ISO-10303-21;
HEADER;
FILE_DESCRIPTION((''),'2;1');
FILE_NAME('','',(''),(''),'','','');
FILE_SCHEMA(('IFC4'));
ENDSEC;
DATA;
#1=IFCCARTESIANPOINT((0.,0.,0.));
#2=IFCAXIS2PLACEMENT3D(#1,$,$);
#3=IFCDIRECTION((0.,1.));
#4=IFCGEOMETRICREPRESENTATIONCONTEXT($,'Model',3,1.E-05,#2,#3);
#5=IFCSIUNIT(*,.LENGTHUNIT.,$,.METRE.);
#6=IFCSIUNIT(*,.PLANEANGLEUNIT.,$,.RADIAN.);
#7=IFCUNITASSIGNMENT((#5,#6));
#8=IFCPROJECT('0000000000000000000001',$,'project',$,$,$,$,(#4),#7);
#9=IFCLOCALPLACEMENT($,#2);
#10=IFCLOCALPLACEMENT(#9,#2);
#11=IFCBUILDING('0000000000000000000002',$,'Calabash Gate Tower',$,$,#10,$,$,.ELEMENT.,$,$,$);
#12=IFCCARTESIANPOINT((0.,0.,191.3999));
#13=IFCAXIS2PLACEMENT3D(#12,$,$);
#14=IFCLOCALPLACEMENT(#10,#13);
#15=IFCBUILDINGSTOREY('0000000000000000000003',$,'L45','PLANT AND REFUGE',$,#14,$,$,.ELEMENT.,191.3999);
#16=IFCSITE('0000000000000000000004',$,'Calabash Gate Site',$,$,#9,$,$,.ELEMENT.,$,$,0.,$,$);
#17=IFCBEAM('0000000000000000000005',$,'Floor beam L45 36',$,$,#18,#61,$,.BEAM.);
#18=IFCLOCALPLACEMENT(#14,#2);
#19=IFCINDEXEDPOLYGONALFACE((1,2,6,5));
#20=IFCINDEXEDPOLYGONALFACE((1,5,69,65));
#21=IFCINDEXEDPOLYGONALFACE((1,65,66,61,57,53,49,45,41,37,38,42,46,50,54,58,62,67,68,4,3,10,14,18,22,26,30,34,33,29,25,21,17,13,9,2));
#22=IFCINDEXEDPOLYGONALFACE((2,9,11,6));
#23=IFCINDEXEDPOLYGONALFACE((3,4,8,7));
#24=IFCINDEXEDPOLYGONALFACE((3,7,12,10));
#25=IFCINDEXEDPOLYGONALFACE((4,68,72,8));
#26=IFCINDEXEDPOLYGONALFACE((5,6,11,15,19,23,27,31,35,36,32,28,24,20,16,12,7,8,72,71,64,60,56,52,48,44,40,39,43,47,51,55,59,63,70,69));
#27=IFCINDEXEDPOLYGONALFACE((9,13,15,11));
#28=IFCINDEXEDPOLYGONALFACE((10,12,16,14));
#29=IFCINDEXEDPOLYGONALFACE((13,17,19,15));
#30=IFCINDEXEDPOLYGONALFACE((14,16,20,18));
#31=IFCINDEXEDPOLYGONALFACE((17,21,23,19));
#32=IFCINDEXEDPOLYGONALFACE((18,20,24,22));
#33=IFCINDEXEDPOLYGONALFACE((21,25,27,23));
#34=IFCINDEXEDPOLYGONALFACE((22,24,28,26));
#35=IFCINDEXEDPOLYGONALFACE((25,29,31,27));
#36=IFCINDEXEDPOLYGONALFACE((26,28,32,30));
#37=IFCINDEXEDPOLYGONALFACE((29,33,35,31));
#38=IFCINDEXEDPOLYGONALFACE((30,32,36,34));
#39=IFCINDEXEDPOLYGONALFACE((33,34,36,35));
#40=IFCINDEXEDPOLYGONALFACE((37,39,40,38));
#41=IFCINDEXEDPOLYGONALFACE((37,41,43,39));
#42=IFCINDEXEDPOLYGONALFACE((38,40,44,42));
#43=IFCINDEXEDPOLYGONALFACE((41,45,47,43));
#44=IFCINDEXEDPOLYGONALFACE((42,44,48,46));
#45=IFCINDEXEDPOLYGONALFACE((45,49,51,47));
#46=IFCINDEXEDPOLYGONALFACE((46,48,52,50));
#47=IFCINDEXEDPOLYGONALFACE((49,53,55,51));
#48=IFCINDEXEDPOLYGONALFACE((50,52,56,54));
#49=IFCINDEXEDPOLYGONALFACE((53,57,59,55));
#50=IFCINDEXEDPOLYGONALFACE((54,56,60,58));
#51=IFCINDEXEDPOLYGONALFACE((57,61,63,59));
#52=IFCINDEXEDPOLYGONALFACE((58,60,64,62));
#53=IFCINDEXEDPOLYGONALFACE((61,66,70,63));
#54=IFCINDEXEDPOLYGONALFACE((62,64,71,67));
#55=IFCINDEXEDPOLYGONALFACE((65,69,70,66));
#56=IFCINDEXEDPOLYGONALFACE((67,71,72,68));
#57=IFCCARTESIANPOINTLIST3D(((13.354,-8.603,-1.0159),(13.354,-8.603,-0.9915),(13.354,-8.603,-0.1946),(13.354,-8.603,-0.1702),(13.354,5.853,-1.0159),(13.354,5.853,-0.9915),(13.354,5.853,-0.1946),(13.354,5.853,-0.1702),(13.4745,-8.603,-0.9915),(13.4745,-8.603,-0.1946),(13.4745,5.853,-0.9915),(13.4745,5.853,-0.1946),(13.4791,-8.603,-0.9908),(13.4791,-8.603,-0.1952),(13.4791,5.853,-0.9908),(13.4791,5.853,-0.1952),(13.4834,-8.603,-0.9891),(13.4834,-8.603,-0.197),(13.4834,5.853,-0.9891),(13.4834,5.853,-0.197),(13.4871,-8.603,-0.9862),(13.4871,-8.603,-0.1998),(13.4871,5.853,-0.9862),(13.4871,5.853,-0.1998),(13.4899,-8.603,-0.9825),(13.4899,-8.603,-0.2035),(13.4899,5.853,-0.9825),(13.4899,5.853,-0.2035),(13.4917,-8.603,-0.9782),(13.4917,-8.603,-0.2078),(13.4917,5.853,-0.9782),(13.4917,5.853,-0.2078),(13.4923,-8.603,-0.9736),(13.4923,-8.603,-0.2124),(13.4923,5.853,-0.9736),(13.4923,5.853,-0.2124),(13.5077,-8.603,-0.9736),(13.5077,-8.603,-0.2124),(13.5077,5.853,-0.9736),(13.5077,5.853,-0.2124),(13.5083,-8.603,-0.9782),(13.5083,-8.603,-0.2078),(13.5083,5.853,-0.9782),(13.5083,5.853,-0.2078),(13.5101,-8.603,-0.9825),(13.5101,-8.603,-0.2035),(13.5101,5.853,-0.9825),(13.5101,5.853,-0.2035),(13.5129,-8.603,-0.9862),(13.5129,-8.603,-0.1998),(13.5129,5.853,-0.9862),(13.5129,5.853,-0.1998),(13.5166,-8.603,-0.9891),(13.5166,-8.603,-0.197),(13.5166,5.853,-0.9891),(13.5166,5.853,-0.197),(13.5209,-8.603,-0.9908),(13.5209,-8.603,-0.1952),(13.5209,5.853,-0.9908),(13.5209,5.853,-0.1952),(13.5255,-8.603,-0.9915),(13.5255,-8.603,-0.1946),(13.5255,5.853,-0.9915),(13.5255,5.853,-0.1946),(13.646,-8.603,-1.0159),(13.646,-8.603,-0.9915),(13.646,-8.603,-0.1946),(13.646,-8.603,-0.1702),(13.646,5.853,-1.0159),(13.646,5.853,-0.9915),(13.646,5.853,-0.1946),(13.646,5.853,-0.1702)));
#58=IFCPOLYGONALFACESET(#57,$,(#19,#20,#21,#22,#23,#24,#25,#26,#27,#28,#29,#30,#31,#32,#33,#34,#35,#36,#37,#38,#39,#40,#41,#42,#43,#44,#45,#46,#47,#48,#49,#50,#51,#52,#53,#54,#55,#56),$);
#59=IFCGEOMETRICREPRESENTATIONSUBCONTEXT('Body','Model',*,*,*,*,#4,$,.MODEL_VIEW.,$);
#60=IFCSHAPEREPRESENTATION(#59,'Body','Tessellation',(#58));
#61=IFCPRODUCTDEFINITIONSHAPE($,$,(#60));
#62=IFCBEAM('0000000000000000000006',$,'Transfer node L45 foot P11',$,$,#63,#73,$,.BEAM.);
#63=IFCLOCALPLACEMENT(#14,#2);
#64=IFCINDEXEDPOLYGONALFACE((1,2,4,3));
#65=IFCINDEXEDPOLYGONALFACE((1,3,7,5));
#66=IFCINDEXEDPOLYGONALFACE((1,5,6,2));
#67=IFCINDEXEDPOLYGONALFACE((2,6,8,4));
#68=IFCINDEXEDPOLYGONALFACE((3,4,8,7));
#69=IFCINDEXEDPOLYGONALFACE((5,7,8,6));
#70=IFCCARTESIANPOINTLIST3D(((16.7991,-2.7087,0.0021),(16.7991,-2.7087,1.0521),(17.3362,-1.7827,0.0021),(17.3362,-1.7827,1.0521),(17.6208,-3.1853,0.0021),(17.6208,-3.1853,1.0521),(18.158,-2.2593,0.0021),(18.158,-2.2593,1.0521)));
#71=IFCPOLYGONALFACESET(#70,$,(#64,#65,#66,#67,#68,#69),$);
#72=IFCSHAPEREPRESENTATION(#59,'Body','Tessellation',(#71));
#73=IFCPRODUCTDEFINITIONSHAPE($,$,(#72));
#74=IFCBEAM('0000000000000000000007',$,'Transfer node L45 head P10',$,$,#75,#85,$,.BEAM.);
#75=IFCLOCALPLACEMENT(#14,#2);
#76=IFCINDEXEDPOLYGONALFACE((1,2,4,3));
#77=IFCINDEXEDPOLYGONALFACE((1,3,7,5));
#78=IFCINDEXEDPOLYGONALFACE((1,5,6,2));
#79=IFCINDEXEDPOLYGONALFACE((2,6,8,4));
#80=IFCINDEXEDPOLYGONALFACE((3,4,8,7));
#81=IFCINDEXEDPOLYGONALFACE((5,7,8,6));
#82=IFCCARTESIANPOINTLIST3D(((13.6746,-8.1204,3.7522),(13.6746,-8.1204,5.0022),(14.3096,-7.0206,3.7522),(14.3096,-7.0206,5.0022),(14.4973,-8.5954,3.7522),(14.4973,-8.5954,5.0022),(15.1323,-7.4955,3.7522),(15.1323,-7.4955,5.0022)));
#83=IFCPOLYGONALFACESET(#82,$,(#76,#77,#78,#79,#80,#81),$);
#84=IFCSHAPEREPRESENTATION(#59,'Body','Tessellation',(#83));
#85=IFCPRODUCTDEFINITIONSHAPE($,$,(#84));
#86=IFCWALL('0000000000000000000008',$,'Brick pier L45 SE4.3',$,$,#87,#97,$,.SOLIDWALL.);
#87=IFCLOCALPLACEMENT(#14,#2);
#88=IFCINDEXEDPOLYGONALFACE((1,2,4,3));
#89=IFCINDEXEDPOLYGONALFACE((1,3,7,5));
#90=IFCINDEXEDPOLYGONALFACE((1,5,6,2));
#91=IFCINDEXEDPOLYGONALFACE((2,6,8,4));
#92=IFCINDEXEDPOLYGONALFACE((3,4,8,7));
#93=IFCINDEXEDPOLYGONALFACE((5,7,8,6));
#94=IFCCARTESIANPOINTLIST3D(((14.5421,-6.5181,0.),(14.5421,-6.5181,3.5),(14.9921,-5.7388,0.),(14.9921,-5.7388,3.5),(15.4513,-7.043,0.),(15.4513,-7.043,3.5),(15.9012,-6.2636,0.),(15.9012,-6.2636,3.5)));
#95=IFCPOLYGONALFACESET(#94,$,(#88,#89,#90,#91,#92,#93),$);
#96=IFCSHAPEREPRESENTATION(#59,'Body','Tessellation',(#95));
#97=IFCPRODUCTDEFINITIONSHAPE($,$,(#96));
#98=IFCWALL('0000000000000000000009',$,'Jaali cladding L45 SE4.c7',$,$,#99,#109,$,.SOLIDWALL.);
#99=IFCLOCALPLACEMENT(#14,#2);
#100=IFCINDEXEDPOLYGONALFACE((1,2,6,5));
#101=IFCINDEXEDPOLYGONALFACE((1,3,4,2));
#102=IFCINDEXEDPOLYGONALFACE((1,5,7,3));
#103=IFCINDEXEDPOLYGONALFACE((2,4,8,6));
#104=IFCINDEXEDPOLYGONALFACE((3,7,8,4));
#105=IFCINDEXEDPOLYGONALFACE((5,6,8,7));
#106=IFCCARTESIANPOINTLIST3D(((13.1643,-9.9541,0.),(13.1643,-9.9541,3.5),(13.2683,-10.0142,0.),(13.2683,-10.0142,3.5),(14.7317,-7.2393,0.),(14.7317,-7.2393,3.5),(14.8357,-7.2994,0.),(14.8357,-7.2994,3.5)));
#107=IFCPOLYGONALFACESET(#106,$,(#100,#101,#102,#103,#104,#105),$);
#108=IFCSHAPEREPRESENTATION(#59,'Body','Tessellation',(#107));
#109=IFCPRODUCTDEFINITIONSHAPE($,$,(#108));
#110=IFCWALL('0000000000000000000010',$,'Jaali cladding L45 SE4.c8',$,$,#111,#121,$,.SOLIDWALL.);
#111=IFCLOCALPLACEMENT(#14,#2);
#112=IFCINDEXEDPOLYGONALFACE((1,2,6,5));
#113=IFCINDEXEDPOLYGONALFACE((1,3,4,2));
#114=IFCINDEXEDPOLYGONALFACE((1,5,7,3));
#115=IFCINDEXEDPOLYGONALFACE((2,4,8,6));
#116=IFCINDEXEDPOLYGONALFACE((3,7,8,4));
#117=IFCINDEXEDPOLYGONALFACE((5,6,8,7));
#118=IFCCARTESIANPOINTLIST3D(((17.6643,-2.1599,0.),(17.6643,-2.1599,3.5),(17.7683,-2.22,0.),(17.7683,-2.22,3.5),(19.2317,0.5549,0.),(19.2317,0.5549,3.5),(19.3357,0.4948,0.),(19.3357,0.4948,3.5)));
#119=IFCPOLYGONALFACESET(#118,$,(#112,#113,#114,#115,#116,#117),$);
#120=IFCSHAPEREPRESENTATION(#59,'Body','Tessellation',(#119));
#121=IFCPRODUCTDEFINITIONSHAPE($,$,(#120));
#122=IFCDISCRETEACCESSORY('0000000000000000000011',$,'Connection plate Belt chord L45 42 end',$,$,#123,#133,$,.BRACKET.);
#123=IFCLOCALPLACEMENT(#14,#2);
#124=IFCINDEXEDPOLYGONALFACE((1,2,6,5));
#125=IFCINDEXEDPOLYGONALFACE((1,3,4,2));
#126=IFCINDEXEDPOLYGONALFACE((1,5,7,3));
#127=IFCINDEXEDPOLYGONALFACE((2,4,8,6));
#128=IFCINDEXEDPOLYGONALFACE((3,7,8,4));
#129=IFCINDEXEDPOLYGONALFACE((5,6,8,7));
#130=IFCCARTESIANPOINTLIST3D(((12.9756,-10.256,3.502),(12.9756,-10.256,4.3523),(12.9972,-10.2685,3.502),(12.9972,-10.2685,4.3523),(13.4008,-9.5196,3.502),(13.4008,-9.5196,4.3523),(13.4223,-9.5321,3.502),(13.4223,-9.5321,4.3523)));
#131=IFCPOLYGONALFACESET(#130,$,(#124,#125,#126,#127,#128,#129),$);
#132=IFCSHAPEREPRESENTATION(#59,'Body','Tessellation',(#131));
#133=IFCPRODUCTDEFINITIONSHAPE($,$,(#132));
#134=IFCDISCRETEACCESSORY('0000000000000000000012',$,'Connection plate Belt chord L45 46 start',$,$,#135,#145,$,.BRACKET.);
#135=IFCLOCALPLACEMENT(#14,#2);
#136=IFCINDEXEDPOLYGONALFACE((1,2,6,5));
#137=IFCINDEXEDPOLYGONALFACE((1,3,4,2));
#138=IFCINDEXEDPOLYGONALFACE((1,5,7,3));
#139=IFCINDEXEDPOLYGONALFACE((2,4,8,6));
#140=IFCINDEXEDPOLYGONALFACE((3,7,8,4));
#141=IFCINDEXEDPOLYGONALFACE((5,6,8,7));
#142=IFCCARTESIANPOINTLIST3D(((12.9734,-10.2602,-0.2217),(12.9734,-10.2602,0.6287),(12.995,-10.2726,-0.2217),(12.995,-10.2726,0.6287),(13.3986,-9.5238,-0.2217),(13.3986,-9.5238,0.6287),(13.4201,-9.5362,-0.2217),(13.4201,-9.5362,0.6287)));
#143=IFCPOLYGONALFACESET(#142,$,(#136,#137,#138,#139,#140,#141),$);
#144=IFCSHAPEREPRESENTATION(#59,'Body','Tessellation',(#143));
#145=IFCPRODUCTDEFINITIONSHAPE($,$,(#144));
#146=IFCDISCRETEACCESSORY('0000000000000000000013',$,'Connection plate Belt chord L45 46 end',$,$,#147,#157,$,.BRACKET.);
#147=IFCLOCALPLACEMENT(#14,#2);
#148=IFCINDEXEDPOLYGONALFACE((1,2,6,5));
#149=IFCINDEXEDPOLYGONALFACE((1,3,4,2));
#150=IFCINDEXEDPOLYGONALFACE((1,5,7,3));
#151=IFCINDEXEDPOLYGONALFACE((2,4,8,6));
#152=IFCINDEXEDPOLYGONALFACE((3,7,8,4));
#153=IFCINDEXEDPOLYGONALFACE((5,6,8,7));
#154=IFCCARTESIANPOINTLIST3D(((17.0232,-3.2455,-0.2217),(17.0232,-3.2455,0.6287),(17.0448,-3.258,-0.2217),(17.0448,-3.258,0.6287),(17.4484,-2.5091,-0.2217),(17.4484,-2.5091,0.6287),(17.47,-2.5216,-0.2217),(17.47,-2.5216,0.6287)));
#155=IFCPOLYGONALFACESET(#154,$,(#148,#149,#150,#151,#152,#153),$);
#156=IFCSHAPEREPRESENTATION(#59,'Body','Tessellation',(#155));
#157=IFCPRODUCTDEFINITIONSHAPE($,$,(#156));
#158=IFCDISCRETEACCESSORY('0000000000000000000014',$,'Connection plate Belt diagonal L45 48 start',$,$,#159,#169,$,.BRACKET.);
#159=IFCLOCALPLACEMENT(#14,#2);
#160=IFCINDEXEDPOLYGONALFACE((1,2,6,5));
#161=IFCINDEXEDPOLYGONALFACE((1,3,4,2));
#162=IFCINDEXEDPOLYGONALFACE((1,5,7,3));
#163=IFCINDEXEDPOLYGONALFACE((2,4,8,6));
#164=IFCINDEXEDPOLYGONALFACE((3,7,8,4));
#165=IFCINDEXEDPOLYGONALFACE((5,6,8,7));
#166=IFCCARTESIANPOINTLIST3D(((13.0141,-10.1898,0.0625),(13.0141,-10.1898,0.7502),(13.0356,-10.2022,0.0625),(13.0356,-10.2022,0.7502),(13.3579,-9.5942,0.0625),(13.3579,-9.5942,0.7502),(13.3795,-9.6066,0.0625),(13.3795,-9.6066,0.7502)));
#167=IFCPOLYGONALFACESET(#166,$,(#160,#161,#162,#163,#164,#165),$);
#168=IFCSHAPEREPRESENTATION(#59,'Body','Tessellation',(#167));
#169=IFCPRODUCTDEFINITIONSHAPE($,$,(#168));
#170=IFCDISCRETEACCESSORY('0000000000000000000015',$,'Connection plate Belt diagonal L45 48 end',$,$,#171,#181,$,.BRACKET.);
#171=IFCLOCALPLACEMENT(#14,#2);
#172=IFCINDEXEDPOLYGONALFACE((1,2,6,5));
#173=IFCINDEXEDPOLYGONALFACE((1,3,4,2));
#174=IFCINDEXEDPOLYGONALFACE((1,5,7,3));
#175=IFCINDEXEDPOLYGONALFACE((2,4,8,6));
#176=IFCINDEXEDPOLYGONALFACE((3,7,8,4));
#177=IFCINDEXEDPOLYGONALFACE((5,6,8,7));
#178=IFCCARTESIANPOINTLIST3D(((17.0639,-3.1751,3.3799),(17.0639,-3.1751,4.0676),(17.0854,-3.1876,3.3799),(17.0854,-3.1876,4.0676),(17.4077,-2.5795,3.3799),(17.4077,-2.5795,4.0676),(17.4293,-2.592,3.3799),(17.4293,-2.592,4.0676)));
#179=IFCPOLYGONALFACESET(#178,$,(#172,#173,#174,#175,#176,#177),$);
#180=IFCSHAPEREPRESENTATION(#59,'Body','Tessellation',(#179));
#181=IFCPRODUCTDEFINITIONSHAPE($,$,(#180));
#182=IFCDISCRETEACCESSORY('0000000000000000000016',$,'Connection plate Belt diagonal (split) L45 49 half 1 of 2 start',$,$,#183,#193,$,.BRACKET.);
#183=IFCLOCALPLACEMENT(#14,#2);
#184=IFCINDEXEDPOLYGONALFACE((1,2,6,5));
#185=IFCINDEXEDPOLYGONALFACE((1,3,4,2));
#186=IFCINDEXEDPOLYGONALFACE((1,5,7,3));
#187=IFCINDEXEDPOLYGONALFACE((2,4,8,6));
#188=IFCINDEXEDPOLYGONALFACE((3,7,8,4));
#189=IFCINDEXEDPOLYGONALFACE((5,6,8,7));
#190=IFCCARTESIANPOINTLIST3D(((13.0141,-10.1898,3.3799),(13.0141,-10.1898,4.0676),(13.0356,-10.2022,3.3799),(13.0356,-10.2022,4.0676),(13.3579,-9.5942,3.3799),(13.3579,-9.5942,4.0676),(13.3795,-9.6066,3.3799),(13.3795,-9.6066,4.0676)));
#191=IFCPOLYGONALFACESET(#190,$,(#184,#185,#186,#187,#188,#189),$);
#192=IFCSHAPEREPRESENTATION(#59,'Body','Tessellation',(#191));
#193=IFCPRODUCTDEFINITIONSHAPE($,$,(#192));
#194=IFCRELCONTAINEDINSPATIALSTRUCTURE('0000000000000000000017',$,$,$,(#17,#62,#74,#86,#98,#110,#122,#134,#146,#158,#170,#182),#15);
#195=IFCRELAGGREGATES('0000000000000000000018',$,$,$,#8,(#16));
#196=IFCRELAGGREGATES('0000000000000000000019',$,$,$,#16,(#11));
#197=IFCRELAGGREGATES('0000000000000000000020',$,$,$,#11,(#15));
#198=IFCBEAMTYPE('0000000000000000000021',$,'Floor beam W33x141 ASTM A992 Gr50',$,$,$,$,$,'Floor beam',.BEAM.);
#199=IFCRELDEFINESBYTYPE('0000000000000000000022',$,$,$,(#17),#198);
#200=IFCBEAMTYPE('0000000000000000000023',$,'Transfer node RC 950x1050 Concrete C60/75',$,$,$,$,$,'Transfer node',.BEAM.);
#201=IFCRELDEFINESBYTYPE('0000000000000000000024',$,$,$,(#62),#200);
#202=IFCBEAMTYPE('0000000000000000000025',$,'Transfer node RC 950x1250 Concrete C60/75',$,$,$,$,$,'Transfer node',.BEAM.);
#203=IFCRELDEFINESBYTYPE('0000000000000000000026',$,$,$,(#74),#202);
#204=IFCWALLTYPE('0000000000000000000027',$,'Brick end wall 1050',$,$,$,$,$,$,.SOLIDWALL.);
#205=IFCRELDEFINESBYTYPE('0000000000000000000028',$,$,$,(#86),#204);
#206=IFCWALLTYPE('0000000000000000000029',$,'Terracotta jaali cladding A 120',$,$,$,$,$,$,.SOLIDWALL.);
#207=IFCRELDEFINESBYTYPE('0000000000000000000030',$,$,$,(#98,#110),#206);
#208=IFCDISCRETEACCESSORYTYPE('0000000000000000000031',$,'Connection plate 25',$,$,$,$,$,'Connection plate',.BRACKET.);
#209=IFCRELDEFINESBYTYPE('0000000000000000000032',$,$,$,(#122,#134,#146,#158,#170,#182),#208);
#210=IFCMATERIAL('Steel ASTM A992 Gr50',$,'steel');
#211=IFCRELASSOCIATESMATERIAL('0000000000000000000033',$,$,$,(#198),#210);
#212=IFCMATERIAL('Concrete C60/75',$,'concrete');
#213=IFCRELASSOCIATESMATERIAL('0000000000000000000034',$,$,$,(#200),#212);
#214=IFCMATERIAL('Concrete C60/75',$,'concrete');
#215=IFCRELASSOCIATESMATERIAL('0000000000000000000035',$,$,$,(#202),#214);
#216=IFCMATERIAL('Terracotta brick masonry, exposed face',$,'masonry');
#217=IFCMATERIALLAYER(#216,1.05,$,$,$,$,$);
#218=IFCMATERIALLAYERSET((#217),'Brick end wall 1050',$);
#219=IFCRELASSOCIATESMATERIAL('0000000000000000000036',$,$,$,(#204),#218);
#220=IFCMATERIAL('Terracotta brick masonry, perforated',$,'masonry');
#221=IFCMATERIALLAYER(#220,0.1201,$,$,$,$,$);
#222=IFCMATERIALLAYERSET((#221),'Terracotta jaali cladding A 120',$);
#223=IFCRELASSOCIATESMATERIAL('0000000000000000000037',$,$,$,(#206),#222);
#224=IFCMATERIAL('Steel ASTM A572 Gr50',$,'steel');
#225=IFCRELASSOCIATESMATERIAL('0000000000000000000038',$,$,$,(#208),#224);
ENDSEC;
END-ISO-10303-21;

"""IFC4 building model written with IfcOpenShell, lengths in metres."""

from ifc_helpers import new_model, si_unit, direction, frame, frame_2d, origin, origin_2d, place, context, subcontext, project, spatial, rectangle, i_section, extrude, material, layer, layer_set, material_profile, profile_set, type_object, element, save


model = new_model("IFC4")

# Units and contexts
model_context = context("Model", 3, precision=1e-05, world=origin(), true_north=direction((0.0, 1.0)))
body_context = subcontext(model_context, "Body", "Model", "MODEL_VIEW")
ifc_project = project(units=[si_unit("LENGTHUNIT", "METRE"), si_unit("PLANEANGLEUNIT", "RADIAN")], contexts=[model_context])

# Site, building, storey
site_placement = place(None, origin())
site = spatial("IfcSite", under=ifc_project, at=site_placement, Name="Calabash Gate Site", CompositionType="ELEMENT", RefElevation=0.0)
building_placement = place(site_placement, origin())
building = spatial("IfcBuilding", under=site, at=building_placement, Name="Calabash Gate Tower", CompositionType="ELEMENT")
storey_placement = place(building_placement, frame((0.0, 0.0, 191.3999)))
storey = spatial("IfcBuildingStorey", under=building, at=storey_placement, Name="L45", Description="PLANT AND REFUGE", CompositionType="ELEMENT", Elevation=191.3999)

# Beams
ifc_material_1 = material(Name="Steel ASTM A992 Gr50", Category="steel")
ifc_material_profile_1 = material_profile(ifc_material_1, i_section(OverallWidth=0.292, OverallDepth=0.8457, WebThickness=0.0154, FlangeThickness=0.0244, FilletRadius=0.0178, at=origin_2d()))
ifc_profile_set_1 = profile_set([ifc_material_profile_1], Name="Steel ASTM A992 Gr50")
beam_type_1 = type_object("IfcBeamType", Name="Floor beam W33x141 ASTM A992 Gr50", ElementType="Floor beam", PredefinedType="BEAM", material=ifc_profile_set_1)
beam_1_placement = place(storey_placement, frame((13.5, -8.603, -0.593), z_axis=(0.0, 1.0, 0.0), x_axis=(-1.0, 0.0, 0.0)))
element("IfcBeam", 1, at=beam_1_placement, inside=storey, type_object=beam_type_1, Name="Floor beam L45 36", PredefinedType="BEAM", context=body_context, shape_type="SweptSolid", body=[
    extrude(i_section(OverallWidth=0.292, OverallDepth=0.8457, WebThickness=0.0154, FlangeThickness=0.0244, FilletRadius=0.0178, at=origin_2d()), origin(), (0.0, 0.0, 1.0), 14.4561),
])
ifc_material_2 = material(Name="Concrete C60/75", Category="concrete")
ifc_material_profile_2 = material_profile(ifc_material_2, rectangle(XDim=0.95, YDim=1.05, at=origin_2d()))
ifc_profile_set_2 = profile_set([ifc_material_profile_2], Name="Concrete C60/75")
beam_type_2 = type_object("IfcBeamType", Name="Transfer node RC 950x1050 Concrete C60/75", ElementType="Transfer node", PredefinedType="BEAM", material=ifc_profile_set_2)
beam_2_placement = place(storey_placement, frame((17.21, -2.947, 0.5271), z_axis=(0.501728, 0.865025, 0.0), x_axis=(-0.865025, 0.501728, 0.0)))
element("IfcBeam", 2, at=beam_2_placement, inside=storey, type_object=beam_type_2, Name="Transfer node L45 foot P11", PredefinedType="BEAM", context=body_context, shape_type="SweptSolid", body=[
    extrude(rectangle(XDim=0.95, YDim=1.05, at=origin_2d()), origin(), (0.0, 0.0, 1.0), 1.0706),
])
ifc_material_3 = material(Name="Concrete C60/75", Category="concrete")
ifc_material_profile_3 = material_profile(ifc_material_3, rectangle(XDim=0.95, YDim=1.25, at=origin_2d()))
ifc_profile_set_3 = profile_set([ifc_material_profile_3], Name="Concrete C60/75")
beam_type_3 = type_object("IfcBeamType", Name="Transfer node RC 950x1250 Concrete C60/75", ElementType="Transfer node", PredefinedType="BEAM", material=ifc_profile_set_3)
beam_3_placement = place(storey_placement, frame((14.0859, -8.3579, 4.3772), z_axis=(0.500005, 0.866022, 0.0), x_axis=(-0.866022, 0.500005, 0.0)))
element("IfcBeam", 3, at=beam_3_placement, inside=storey, type_object=beam_type_3, Name="Transfer node L45 head P10", PredefinedType="BEAM", context=body_context, shape_type="SweptSolid", body=[
    extrude(rectangle(XDim=0.95, YDim=1.25, at=origin_2d()), origin(), (0.0, 0.0, 1.0), 1.27),
])

# Walls
ifc_material_4 = material(Name="Terracotta brick masonry, exposed face", Category="masonry")
ifc_layer_1 = layer(ifc_material_4, 1.05)
ifc_layer_set_1 = layer_set([ifc_layer_1], Name="Brick end wall 1050")
wall_type_1 = type_object("IfcWallType", Name="Brick end wall 1050", PredefinedType="SOLIDWALL", material=ifc_layer_set_1)
wall_placement = place(storey_placement, frame((15.6763, -6.6533, 0.0), z_axis=(0.0, 0.0, 1.0), x_axis=(-0.866031, 0.499991, 0.0)))
element("IfcWall", 4, at=wall_placement, inside=storey, type_object=wall_type_1, Name="Brick pier L45 SE4.3", PredefinedType="SOLIDWALL", context=body_context, shape_type="SweptSolid", body=[
    extrude(rectangle(XDim=1.0498, YDim=0.8999, at=frame_2d((0.5249, 0.0))), origin(), (0.0, 0.0, 1.0), 3.5),
])
ifc_material_5 = material(Name="Terracotta brick masonry, perforated", Category="masonry")
ifc_layer_2 = layer(ifc_material_5, 0.1201)
ifc_layer_set_2 = layer_set([ifc_layer_2], Name="Terracotta jaali cladding A 120")
wall_type_2 = type_object("IfcWallType", Name="Terracotta jaali cladding A 120", PredefinedType="SOLIDWALL", material=ifc_layer_set_2)
for number, where, z_axis, x_axis, name in (
    (5, (13.2163, -9.9841, 0.0), (0.0, 0.0, 1.0), (0.499992, 0.86603, 0.0), "Jaali cladding L45 SE4.c7"),
    (6, (17.7163, -2.1899, 0.0), (0.0, 0.0, 1.0), (0.499992, 0.86603, 0.0), "Jaali cladding L45 SE4.c8"),
):
    element("IfcWall", number, at=place(storey_placement, frame(where, z_axis=z_axis, x_axis=x_axis)), inside=storey, type_object=wall_type_2, Name=name, PredefinedType="SOLIDWALL", context=body_context, shape_type="SweptSolid", body=[
        extrude(rectangle(XDim=3.1348, YDim=0.1201, at=frame_2d((1.5674, 0.0))), origin(), (0.0, 0.0, 1.0), 3.5),
    ])

# Discrete accessories
ifc_material_6 = material(Name="Steel ASTM A572 Gr50", Category="steel")
discrete_accessory_type = type_object("IfcDiscreteAccessoryType", Name="Connection plate 25", ElementType="Connection plate", PredefinedType="BRACKET", material=ifc_material_6)
for number, where, z_axis, x_axis, name in (
    (7, (13.199, -9.894, 3.502), (0.0, 0.0, 1.0), (0.500006, 0.866022, 0.0), "Connection plate Belt chord L45 42 end"),
    (8, (13.1968, -9.8982, -0.2217), (0.0, 0.0, 1.0), (0.5, 0.866025, 0.0), "Connection plate Belt chord L45 46 start"),
    (9, (17.2466, -2.8835, -0.2217), (0.0, 0.0, 1.0), (0.5, 0.866025, 0.0), "Connection plate Belt chord L45 46 end"),
):
    element("IfcDiscreteAccessory", number, at=place(storey_placement, frame(where, z_axis=z_axis, x_axis=x_axis)), inside=storey, type_object=discrete_accessory_type, Name=name, PredefinedType="BRACKET", context=body_context, shape_type="SweptSolid", body=[
        extrude(rectangle(XDim=0.8503, YDim=0.0249, at=origin_2d()), origin(), (0.0, 0.0, 1.0), 0.8503),
    ])
for number, where, z_axis, x_axis, name in (
    (10, (13.1968, -9.8982, 0.0625), (0.0, 0.0, 1.0), (0.5, 0.866025, 0.0), "Connection plate Belt diagonal L45 48 start"),
    (11, (17.2466, -2.8835, 3.3799), (0.0, 0.0, 1.0), (0.5, 0.866025, 0.0), "Connection plate Belt diagonal L45 48 end"),
    (12, (13.1968, -9.8982, 3.3799), (0.0, 0.0, 1.0), (0.5, 0.866025, 0.0), "Connection plate Belt diagonal (split) L45 49 half 1 of 2 start"),
):
    element("IfcDiscreteAccessory", number, at=place(storey_placement, frame(where, z_axis=z_axis, x_axis=x_axis)), inside=storey, type_object=discrete_accessory_type, Name=name, PredefinedType="BRACKET", context=body_context, shape_type="SweptSolid", body=[
        extrude(rectangle(XDim=0.6877, YDim=0.0249, at=origin_2d()), origin(), (0.0, 0.0, 1.0), 0.6877),
    ])

save(model, "model.ifc")
